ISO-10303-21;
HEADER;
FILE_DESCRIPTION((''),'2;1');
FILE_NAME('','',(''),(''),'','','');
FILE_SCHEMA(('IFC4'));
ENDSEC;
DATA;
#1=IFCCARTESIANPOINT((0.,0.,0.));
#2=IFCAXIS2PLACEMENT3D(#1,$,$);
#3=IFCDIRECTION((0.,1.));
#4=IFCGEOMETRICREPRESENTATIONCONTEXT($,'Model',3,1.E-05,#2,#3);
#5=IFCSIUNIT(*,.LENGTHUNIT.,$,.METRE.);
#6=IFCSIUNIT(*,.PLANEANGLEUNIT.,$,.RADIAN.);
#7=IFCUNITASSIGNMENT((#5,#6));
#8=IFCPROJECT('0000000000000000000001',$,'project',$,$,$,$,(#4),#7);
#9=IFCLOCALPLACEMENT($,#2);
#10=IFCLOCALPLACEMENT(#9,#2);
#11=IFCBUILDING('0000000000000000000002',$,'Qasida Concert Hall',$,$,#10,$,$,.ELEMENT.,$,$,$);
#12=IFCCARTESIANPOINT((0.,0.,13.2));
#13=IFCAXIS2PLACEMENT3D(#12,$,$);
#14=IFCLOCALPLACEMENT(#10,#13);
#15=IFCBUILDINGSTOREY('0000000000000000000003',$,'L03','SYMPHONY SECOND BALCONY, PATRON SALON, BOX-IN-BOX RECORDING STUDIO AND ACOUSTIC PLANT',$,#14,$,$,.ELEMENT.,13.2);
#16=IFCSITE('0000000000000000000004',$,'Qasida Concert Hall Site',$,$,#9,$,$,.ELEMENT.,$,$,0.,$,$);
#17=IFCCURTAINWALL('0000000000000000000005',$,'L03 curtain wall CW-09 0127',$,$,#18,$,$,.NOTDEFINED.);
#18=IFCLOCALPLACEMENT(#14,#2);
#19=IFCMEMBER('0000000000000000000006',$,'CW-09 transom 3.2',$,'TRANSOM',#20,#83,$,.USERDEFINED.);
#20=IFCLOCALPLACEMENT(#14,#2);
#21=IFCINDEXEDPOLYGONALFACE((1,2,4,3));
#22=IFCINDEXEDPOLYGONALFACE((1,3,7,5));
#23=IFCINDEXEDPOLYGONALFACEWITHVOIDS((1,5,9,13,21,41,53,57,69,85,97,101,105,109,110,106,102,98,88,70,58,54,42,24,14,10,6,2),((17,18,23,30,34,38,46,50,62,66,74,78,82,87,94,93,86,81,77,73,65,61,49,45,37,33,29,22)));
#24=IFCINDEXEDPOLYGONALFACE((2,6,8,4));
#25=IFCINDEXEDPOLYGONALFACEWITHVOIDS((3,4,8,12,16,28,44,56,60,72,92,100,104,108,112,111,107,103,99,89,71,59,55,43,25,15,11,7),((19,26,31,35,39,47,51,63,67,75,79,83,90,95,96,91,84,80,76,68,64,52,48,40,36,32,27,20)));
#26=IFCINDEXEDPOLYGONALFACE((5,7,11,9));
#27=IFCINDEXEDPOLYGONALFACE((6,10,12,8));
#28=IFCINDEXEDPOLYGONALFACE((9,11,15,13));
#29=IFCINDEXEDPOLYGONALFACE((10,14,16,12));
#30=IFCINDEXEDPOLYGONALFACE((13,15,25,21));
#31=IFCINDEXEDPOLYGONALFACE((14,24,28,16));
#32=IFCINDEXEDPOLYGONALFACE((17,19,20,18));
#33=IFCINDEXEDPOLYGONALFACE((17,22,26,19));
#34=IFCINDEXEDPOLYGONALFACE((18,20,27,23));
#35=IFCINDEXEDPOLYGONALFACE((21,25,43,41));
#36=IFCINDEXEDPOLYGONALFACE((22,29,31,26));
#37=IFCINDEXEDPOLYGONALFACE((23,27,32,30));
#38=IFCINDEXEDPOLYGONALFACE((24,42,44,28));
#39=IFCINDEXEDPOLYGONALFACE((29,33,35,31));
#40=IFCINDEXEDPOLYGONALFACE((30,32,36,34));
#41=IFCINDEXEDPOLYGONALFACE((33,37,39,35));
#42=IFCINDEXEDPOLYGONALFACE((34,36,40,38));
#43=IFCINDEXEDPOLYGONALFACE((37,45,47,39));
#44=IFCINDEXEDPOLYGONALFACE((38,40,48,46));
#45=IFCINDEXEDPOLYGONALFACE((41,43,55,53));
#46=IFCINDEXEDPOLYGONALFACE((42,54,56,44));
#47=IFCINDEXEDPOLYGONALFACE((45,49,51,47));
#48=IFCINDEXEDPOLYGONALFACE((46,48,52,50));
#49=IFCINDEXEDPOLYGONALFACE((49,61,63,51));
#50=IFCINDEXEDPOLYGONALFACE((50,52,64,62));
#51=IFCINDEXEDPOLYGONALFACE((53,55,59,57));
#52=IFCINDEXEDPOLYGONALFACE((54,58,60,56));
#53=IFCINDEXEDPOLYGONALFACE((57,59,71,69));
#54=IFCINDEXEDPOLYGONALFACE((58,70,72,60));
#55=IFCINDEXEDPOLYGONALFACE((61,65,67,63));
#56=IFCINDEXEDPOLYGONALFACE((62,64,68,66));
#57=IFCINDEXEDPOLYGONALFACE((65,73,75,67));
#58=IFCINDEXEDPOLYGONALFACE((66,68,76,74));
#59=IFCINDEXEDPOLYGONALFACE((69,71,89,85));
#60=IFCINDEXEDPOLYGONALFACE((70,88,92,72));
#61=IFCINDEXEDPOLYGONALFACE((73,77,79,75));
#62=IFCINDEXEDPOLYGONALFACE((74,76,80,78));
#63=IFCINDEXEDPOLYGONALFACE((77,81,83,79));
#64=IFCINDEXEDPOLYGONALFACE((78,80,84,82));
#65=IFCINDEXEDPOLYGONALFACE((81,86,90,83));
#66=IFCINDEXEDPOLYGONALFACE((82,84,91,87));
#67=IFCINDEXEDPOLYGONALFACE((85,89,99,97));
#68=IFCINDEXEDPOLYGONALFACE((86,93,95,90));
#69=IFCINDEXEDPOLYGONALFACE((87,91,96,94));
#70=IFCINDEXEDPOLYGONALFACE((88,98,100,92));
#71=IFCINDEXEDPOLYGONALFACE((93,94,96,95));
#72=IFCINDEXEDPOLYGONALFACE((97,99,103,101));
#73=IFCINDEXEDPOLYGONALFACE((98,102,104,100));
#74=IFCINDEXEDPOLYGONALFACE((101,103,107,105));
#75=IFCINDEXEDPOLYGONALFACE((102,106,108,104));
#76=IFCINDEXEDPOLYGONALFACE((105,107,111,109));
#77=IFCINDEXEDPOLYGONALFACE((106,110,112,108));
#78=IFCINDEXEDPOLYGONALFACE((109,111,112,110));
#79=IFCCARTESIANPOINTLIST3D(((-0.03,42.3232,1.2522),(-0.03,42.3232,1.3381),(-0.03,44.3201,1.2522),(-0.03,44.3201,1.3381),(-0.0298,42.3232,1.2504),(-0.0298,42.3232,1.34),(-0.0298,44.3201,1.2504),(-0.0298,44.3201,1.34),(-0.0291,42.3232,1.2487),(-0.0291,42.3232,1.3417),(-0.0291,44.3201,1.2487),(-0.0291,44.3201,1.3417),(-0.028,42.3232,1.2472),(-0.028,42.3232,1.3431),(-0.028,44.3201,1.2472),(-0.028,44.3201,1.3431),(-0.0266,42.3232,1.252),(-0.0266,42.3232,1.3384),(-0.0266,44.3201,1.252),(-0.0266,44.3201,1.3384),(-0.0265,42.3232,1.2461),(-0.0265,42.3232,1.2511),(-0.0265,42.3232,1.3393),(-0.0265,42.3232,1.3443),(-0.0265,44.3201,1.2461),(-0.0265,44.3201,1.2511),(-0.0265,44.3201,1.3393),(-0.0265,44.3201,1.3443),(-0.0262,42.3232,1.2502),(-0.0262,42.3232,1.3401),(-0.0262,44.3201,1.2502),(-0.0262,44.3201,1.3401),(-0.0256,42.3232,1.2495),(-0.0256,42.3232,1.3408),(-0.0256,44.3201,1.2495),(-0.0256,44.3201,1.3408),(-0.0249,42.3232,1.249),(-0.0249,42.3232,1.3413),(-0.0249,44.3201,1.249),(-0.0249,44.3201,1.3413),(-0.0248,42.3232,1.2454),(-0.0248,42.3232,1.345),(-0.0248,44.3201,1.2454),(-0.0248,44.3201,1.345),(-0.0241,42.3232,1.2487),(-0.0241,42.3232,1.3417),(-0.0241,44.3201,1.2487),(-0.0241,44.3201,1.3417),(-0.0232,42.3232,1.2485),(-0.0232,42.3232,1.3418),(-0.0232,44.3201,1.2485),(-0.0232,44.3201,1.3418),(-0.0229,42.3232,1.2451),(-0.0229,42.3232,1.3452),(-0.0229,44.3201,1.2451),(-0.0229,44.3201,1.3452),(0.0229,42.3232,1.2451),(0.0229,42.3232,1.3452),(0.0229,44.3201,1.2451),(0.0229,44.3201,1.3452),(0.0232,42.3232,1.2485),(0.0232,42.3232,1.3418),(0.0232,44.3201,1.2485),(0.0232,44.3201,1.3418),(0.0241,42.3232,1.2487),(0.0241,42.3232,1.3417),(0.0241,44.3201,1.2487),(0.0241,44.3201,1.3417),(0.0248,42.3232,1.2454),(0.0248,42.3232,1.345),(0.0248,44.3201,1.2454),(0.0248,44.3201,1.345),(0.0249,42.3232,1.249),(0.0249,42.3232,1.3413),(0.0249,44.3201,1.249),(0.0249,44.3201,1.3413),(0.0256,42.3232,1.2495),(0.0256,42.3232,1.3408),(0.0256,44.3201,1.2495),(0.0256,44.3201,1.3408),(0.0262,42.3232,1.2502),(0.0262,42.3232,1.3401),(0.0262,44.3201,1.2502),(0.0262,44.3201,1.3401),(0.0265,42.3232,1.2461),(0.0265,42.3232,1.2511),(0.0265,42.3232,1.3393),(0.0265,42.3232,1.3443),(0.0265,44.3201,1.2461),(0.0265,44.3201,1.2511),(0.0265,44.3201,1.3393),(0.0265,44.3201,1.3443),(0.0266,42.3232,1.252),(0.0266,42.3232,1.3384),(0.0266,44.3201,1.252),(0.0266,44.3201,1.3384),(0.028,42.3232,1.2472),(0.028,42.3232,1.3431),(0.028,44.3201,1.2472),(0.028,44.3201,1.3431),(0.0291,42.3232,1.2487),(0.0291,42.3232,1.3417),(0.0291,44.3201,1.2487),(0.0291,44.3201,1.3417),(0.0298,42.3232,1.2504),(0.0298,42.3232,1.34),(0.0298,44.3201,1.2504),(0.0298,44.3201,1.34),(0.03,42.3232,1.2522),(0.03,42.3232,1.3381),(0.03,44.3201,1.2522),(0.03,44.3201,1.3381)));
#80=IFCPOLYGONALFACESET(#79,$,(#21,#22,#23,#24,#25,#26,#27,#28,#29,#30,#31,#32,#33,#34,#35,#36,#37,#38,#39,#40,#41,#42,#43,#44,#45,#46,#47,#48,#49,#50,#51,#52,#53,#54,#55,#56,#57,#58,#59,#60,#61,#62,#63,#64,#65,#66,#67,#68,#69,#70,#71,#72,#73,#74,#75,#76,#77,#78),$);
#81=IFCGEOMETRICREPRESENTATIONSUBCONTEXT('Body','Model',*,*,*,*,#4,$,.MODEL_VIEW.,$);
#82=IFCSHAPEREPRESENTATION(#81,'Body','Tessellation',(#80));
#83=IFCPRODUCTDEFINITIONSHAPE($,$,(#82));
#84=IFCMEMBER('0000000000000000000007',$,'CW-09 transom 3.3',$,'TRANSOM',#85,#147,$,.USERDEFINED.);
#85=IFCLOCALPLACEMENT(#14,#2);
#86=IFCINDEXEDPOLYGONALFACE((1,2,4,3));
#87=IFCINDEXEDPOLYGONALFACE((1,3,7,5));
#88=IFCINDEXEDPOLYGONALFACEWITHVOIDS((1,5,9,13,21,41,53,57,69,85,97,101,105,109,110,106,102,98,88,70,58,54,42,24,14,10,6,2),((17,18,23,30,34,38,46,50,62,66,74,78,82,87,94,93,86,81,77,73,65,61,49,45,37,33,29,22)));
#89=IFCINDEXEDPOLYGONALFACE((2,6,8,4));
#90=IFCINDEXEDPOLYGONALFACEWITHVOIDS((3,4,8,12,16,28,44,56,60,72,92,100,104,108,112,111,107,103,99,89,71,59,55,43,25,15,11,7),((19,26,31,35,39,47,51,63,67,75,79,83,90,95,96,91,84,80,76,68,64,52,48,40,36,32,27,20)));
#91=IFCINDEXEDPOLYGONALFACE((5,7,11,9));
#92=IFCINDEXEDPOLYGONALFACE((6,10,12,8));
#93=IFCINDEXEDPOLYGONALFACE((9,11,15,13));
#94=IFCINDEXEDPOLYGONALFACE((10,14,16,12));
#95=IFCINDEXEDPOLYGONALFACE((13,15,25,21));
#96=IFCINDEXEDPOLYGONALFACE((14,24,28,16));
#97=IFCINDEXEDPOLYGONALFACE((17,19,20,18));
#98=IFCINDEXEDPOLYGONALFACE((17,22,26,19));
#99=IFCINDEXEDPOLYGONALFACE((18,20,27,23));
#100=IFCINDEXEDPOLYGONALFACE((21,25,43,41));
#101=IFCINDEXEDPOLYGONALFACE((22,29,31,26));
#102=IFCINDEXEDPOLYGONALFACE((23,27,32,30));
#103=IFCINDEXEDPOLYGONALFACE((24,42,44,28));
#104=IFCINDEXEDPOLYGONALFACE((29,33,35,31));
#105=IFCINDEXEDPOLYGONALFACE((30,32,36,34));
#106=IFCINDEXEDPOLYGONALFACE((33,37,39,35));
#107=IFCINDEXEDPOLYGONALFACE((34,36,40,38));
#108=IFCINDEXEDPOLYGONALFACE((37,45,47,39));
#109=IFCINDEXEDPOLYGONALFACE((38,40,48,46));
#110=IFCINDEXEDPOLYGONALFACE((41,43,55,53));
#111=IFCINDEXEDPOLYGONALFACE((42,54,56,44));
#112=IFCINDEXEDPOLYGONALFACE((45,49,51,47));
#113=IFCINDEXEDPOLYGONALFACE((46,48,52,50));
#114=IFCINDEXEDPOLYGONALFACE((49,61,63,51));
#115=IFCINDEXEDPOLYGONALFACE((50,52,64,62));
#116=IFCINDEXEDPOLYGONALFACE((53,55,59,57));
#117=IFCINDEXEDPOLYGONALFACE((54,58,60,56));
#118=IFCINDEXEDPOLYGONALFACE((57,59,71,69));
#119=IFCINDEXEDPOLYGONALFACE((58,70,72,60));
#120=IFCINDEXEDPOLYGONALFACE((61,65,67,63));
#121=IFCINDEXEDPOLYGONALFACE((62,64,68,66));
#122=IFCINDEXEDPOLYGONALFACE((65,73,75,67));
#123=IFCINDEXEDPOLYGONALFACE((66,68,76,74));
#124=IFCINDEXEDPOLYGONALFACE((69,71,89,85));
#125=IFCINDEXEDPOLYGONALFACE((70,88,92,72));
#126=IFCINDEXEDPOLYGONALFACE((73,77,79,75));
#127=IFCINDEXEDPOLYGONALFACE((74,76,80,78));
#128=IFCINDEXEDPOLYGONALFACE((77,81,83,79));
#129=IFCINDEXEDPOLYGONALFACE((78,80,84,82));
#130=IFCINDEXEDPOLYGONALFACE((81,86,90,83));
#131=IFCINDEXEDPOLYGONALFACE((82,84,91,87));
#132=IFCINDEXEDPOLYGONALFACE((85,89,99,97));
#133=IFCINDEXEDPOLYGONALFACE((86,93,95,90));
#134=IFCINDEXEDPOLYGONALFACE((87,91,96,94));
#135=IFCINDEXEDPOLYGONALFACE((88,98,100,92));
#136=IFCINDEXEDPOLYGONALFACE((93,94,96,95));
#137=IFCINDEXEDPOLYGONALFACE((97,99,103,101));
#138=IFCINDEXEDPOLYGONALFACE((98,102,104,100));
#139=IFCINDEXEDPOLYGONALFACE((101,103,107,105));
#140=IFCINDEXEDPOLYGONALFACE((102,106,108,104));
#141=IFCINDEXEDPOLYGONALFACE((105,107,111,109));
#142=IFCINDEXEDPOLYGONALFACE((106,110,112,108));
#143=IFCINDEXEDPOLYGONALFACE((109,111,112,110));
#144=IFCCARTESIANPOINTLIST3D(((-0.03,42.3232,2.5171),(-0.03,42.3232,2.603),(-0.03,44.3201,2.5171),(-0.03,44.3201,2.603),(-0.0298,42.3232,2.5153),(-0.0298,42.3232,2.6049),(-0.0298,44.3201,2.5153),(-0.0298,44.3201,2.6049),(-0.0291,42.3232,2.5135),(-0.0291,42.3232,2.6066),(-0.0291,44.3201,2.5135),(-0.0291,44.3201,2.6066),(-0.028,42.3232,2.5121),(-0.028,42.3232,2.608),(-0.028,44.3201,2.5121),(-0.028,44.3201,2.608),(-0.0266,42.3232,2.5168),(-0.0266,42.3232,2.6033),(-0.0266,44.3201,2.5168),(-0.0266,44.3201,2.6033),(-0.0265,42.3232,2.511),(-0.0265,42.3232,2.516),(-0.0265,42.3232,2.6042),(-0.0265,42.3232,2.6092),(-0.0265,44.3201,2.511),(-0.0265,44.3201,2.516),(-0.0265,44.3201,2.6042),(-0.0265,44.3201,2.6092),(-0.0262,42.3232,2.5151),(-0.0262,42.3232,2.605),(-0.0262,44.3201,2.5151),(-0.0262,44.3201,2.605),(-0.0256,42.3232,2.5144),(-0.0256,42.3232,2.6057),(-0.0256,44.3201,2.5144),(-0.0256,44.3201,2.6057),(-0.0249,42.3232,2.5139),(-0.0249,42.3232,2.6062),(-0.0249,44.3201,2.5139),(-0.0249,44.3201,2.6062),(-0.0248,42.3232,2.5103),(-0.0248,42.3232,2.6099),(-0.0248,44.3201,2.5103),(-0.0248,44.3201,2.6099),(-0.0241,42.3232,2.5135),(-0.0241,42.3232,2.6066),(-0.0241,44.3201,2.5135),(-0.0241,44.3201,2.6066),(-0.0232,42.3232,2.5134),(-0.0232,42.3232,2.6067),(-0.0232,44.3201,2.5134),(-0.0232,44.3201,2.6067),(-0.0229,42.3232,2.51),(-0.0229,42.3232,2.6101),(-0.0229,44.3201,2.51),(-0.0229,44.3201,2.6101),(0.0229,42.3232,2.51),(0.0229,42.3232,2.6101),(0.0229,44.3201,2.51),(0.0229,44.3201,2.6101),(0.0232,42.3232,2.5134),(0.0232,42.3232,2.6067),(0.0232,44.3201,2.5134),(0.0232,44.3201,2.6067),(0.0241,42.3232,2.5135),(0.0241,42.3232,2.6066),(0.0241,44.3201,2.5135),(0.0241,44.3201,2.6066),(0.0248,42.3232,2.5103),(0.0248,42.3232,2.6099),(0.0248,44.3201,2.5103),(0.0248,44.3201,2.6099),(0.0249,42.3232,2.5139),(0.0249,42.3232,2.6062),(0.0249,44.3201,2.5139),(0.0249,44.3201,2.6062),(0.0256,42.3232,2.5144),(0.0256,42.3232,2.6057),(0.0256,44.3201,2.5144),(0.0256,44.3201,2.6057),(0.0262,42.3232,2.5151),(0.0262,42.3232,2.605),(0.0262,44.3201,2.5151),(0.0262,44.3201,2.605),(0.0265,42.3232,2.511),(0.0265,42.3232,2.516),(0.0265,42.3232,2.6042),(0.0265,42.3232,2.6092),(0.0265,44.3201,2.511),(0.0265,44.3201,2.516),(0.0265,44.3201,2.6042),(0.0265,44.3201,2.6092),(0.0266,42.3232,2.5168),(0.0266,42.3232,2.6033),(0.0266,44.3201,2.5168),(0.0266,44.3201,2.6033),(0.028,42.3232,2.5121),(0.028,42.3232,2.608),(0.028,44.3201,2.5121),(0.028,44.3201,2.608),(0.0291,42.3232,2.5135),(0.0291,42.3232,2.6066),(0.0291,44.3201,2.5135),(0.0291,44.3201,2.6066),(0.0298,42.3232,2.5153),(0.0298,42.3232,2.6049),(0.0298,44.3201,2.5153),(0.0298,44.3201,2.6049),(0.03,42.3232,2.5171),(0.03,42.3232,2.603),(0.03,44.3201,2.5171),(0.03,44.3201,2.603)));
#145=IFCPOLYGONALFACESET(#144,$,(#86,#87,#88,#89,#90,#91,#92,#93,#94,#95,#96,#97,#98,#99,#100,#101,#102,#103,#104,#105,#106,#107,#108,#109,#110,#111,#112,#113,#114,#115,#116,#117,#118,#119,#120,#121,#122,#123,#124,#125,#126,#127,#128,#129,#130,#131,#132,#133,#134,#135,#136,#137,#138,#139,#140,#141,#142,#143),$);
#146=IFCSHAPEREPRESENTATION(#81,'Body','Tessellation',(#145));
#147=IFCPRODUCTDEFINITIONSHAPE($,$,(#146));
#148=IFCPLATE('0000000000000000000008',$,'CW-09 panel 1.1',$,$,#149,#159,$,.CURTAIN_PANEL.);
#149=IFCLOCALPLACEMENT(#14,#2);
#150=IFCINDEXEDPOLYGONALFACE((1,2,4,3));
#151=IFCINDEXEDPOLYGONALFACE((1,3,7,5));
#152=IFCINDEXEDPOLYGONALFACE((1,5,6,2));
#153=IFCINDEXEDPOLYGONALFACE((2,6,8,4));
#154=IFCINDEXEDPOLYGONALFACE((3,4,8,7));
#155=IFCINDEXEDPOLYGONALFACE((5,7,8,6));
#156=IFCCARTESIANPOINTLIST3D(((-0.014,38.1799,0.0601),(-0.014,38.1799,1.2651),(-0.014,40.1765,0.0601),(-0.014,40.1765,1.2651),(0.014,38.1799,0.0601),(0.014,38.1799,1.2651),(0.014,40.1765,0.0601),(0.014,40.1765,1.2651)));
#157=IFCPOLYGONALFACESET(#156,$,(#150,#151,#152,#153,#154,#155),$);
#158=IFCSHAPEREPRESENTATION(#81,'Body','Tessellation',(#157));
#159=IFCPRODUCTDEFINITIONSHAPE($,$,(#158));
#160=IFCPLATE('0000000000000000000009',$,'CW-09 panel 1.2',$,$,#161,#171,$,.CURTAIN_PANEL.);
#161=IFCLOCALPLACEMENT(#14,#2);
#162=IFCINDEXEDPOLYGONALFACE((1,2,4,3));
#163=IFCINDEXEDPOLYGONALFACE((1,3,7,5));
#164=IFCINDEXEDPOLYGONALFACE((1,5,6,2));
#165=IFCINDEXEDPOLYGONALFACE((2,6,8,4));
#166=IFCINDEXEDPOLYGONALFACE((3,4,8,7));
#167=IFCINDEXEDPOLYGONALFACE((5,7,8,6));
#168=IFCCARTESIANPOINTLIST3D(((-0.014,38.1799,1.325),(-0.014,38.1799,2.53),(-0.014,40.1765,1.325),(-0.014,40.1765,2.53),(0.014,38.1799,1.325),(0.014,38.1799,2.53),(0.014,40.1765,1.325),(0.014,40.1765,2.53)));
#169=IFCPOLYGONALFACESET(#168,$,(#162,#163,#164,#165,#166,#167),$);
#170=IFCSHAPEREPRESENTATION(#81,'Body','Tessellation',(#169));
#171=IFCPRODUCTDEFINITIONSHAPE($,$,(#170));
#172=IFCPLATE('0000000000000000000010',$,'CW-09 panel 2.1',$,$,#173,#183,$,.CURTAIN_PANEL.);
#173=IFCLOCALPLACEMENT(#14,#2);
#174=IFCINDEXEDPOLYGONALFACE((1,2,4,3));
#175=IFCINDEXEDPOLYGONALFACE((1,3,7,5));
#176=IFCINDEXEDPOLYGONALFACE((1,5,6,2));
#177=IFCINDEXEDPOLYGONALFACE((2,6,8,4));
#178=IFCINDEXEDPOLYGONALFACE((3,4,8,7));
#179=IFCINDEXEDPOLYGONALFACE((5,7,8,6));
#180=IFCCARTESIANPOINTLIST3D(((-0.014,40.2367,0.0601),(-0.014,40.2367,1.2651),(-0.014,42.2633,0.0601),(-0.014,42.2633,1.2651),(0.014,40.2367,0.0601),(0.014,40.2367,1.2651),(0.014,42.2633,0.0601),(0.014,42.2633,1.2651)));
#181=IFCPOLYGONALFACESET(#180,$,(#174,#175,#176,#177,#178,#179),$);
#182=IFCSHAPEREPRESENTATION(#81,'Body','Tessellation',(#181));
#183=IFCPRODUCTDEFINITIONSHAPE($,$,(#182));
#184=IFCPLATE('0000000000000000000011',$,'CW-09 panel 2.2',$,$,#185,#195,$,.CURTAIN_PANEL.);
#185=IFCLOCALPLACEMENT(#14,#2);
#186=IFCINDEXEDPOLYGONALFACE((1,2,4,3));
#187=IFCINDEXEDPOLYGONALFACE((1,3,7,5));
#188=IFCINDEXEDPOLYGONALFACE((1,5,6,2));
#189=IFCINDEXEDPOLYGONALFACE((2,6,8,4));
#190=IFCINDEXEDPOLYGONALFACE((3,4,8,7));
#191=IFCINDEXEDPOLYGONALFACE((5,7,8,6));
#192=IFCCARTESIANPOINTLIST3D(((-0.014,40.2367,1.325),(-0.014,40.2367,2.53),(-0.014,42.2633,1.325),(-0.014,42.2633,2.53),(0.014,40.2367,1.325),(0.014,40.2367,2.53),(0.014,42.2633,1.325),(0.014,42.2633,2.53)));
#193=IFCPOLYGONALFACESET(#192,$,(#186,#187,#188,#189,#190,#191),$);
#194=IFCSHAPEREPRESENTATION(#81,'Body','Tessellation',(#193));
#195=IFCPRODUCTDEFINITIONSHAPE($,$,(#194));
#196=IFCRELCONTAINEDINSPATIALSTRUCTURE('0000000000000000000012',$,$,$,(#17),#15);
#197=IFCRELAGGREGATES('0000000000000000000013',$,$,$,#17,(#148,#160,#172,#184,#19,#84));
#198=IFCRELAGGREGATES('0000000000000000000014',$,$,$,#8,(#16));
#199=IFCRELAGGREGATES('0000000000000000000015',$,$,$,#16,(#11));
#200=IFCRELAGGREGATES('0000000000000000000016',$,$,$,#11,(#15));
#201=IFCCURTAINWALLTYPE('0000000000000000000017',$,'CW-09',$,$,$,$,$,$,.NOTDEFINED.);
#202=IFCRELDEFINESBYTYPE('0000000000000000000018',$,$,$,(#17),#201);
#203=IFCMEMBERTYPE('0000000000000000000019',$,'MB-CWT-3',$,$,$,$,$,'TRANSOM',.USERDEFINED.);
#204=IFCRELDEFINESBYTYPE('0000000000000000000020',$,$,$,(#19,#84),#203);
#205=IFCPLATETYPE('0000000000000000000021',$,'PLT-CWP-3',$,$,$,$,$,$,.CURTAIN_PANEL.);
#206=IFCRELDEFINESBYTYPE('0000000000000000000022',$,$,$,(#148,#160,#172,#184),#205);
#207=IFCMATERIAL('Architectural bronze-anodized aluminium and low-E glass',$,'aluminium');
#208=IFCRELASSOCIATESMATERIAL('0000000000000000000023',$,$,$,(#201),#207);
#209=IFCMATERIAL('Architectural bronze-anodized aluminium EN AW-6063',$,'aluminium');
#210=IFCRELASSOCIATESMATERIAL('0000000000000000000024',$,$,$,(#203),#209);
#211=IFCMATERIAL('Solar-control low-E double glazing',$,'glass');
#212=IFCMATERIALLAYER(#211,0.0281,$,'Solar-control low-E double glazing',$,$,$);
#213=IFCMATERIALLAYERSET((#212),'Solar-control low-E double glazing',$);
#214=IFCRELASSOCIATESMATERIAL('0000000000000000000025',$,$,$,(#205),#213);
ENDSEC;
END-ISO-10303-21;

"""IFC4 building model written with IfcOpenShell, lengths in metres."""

from ifc_helpers import new_model, si_unit, direction, frame, origin, origin_2d, place, context, subcontext, project, spatial, rectangle, hollow_rectangle, extrude, material, layer, layer_set, material_profile, profile_set, type_object, element, aggregate, save


model = new_model("IFC4")

# Units and contexts
model_context = context("Model", 3, precision=1e-05, world=origin(), true_north=direction((0.0, 1.0)))
body_context = subcontext(model_context, "Body", "Model", "MODEL_VIEW")
ifc_project = project(units=[si_unit("LENGTHUNIT", "METRE"), si_unit("PLANEANGLEUNIT", "RADIAN")], contexts=[model_context])

# Site, building, storey
site_placement = place(None, origin())
site = spatial("IfcSite", under=ifc_project, at=site_placement, Name="Qasida Concert Hall Site", CompositionType="ELEMENT", RefElevation=0.0)
building_placement = place(site_placement, origin())
building = spatial("IfcBuilding", under=site, at=building_placement, Name="Qasida Concert Hall", CompositionType="ELEMENT")
storey_placement = place(building_placement, frame((0.0, 0.0, 13.2)))
storey = spatial("IfcBuildingStorey", under=building, at=storey_placement, Name="L03", Description="SYMPHONY SECOND BALCONY, PATRON SALON, BOX-IN-BOX RECORDING STUDIO AND ACOUSTIC PLANT", CompositionType="ELEMENT", Elevation=13.2)

# Curtain wall, members, plates
ifc_material_1 = material(Name="Architectural bronze-anodized aluminium and low-E glass", Category="aluminium")
curtain_wall_type = type_object("IfcCurtainWallType", Name="CW-09", PredefinedType="NOTDEFINED", material=ifc_material_1)
curtain_wall_placement = place(storey_placement, origin())
curtain_wall = element("IfcCurtainWall", 1, at=curtain_wall_placement, inside=storey, type_object=curtain_wall_type, Name="L03 curtain wall CW-09 0127", PredefinedType="NOTDEFINED")
ifc_material_2 = material(Name="Architectural bronze-anodized aluminium EN AW-6063", Category="aluminium")
ifc_material_profile_1 = material_profile(ifc_material_2, hollow_rectangle(XDim=0.0601, YDim=0.1001, WallThickness=0.0034, InnerFilletRadius=0.0034, OuterFilletRadius=0.0071, at=origin_2d()), Name="CWT 100x60x3.5")
ifc_profile_set_1 = profile_set([ifc_material_profile_1], Name="Architectural bronze-anodized aluminium EN AW-6063")
member_type_1 = type_object("IfcMemberType", Name="MB-CWT-3", ElementType="TRANSOM", PredefinedType="USERDEFINED", material=ifc_profile_set_1)
member_1_placement = place(storey_placement, frame((0.0, 42.3232, 1.2952), z_axis=(0.0, 1.0, 0.0), x_axis=(-1.0, 0.0, 0.0)))
member_1 = element("IfcMember", 2, at=member_1_placement, type_object=member_type_1, Name="CW-09 transom 3.2", ObjectType="TRANSOM", PredefinedType="USERDEFINED", context=body_context, shape_type="SweptSolid", body=[
    extrude(hollow_rectangle(XDim=0.0601, YDim=0.1001, WallThickness=0.0034, InnerFilletRadius=0.0034, OuterFilletRadius=0.0071, at=origin_2d()), origin(), (0.0, 0.0, 1.0), 1.9968),
])
member_2_placement = place(storey_placement, frame((0.0, 42.3232, 2.5601), z_axis=(0.0, 1.0, 0.0), x_axis=(-1.0, 0.0, 0.0)))
member_2 = element("IfcMember", 3, at=member_2_placement, type_object=member_type_1, Name="CW-09 transom 3.3", ObjectType="TRANSOM", PredefinedType="USERDEFINED", context=body_context, shape_type="SweptSolid", body=[
    extrude(hollow_rectangle(XDim=0.0601, YDim=0.1001, WallThickness=0.0034, InnerFilletRadius=0.0034, OuterFilletRadius=0.0071, at=origin_2d()), origin(), (0.0, 0.0, 1.0), 1.9968),
])
ifc_material_3 = material(Name="Solar-control low-E double glazing", Category="glass")
ifc_layer_1 = layer(ifc_material_3, 0.0281, Name="Solar-control low-E double glazing")
ifc_layer_set_1 = layer_set([ifc_layer_1], Name="Solar-control low-E double glazing")
plate_type = type_object("IfcPlateType", Name="PLT-CWP-3", PredefinedType="CURTAIN_PANEL", material=ifc_layer_set_1)
plate_1_placement = place(storey_placement, frame((0.0, 39.1782, 0.0601), z_axis=(0.0, 0.0, 1.0), x_axis=(0.0, 1.0, 0.0)))
plate_1 = element("IfcPlate", 4, at=plate_1_placement, type_object=plate_type, Name="CW-09 panel 1.1", PredefinedType="CURTAIN_PANEL", context=body_context, shape_type="SweptSolid", body=[
    extrude(rectangle(XDim=1.9966, YDim=0.0281, at=origin_2d()), origin(), (0.0, 0.0, 1.0), 1.2051),
])
plate_2_placement = place(storey_placement, frame((0.0, 39.1782, 1.325), z_axis=(0.0, 0.0, 1.0), x_axis=(0.0, 1.0, 0.0)))
plate_2 = element("IfcPlate", 5, at=plate_2_placement, type_object=plate_type, Name="CW-09 panel 1.2", PredefinedType="CURTAIN_PANEL", context=body_context, shape_type="SweptSolid", body=[
    extrude(rectangle(XDim=1.9966, YDim=0.0281, at=origin_2d()), origin(), (0.0, 0.0, 1.0), 1.2051),
])
plate_3_placement = place(storey_placement, frame((0.0, 41.25, 0.0601), z_axis=(0.0, 0.0, 1.0), x_axis=(0.0, 1.0, 0.0)))
plate_3 = element("IfcPlate", 6, at=plate_3_placement, type_object=plate_type, Name="CW-09 panel 2.1", PredefinedType="CURTAIN_PANEL", context=body_context, shape_type="SweptSolid", body=[
    extrude(rectangle(XDim=2.0266, YDim=0.0281, at=origin_2d()), origin(), (0.0, 0.0, 1.0), 1.2051),
])
plate_4_placement = place(storey_placement, frame((0.0, 41.25, 1.325), z_axis=(0.0, 0.0, 1.0), x_axis=(0.0, 1.0, 0.0)))
plate_4 = element("IfcPlate", 7, at=plate_4_placement, type_object=plate_type, Name="CW-09 panel 2.2", PredefinedType="CURTAIN_PANEL", context=body_context, shape_type="SweptSolid", body=[
    extrude(rectangle(XDim=2.0266, YDim=0.0281, at=origin_2d()), origin(), (0.0, 0.0, 1.0), 1.2051),
])
aggregate(curtain_wall, [plate_1, plate_2, plate_3, plate_4, member_1, member_2])

save(model, "model.ifc")
